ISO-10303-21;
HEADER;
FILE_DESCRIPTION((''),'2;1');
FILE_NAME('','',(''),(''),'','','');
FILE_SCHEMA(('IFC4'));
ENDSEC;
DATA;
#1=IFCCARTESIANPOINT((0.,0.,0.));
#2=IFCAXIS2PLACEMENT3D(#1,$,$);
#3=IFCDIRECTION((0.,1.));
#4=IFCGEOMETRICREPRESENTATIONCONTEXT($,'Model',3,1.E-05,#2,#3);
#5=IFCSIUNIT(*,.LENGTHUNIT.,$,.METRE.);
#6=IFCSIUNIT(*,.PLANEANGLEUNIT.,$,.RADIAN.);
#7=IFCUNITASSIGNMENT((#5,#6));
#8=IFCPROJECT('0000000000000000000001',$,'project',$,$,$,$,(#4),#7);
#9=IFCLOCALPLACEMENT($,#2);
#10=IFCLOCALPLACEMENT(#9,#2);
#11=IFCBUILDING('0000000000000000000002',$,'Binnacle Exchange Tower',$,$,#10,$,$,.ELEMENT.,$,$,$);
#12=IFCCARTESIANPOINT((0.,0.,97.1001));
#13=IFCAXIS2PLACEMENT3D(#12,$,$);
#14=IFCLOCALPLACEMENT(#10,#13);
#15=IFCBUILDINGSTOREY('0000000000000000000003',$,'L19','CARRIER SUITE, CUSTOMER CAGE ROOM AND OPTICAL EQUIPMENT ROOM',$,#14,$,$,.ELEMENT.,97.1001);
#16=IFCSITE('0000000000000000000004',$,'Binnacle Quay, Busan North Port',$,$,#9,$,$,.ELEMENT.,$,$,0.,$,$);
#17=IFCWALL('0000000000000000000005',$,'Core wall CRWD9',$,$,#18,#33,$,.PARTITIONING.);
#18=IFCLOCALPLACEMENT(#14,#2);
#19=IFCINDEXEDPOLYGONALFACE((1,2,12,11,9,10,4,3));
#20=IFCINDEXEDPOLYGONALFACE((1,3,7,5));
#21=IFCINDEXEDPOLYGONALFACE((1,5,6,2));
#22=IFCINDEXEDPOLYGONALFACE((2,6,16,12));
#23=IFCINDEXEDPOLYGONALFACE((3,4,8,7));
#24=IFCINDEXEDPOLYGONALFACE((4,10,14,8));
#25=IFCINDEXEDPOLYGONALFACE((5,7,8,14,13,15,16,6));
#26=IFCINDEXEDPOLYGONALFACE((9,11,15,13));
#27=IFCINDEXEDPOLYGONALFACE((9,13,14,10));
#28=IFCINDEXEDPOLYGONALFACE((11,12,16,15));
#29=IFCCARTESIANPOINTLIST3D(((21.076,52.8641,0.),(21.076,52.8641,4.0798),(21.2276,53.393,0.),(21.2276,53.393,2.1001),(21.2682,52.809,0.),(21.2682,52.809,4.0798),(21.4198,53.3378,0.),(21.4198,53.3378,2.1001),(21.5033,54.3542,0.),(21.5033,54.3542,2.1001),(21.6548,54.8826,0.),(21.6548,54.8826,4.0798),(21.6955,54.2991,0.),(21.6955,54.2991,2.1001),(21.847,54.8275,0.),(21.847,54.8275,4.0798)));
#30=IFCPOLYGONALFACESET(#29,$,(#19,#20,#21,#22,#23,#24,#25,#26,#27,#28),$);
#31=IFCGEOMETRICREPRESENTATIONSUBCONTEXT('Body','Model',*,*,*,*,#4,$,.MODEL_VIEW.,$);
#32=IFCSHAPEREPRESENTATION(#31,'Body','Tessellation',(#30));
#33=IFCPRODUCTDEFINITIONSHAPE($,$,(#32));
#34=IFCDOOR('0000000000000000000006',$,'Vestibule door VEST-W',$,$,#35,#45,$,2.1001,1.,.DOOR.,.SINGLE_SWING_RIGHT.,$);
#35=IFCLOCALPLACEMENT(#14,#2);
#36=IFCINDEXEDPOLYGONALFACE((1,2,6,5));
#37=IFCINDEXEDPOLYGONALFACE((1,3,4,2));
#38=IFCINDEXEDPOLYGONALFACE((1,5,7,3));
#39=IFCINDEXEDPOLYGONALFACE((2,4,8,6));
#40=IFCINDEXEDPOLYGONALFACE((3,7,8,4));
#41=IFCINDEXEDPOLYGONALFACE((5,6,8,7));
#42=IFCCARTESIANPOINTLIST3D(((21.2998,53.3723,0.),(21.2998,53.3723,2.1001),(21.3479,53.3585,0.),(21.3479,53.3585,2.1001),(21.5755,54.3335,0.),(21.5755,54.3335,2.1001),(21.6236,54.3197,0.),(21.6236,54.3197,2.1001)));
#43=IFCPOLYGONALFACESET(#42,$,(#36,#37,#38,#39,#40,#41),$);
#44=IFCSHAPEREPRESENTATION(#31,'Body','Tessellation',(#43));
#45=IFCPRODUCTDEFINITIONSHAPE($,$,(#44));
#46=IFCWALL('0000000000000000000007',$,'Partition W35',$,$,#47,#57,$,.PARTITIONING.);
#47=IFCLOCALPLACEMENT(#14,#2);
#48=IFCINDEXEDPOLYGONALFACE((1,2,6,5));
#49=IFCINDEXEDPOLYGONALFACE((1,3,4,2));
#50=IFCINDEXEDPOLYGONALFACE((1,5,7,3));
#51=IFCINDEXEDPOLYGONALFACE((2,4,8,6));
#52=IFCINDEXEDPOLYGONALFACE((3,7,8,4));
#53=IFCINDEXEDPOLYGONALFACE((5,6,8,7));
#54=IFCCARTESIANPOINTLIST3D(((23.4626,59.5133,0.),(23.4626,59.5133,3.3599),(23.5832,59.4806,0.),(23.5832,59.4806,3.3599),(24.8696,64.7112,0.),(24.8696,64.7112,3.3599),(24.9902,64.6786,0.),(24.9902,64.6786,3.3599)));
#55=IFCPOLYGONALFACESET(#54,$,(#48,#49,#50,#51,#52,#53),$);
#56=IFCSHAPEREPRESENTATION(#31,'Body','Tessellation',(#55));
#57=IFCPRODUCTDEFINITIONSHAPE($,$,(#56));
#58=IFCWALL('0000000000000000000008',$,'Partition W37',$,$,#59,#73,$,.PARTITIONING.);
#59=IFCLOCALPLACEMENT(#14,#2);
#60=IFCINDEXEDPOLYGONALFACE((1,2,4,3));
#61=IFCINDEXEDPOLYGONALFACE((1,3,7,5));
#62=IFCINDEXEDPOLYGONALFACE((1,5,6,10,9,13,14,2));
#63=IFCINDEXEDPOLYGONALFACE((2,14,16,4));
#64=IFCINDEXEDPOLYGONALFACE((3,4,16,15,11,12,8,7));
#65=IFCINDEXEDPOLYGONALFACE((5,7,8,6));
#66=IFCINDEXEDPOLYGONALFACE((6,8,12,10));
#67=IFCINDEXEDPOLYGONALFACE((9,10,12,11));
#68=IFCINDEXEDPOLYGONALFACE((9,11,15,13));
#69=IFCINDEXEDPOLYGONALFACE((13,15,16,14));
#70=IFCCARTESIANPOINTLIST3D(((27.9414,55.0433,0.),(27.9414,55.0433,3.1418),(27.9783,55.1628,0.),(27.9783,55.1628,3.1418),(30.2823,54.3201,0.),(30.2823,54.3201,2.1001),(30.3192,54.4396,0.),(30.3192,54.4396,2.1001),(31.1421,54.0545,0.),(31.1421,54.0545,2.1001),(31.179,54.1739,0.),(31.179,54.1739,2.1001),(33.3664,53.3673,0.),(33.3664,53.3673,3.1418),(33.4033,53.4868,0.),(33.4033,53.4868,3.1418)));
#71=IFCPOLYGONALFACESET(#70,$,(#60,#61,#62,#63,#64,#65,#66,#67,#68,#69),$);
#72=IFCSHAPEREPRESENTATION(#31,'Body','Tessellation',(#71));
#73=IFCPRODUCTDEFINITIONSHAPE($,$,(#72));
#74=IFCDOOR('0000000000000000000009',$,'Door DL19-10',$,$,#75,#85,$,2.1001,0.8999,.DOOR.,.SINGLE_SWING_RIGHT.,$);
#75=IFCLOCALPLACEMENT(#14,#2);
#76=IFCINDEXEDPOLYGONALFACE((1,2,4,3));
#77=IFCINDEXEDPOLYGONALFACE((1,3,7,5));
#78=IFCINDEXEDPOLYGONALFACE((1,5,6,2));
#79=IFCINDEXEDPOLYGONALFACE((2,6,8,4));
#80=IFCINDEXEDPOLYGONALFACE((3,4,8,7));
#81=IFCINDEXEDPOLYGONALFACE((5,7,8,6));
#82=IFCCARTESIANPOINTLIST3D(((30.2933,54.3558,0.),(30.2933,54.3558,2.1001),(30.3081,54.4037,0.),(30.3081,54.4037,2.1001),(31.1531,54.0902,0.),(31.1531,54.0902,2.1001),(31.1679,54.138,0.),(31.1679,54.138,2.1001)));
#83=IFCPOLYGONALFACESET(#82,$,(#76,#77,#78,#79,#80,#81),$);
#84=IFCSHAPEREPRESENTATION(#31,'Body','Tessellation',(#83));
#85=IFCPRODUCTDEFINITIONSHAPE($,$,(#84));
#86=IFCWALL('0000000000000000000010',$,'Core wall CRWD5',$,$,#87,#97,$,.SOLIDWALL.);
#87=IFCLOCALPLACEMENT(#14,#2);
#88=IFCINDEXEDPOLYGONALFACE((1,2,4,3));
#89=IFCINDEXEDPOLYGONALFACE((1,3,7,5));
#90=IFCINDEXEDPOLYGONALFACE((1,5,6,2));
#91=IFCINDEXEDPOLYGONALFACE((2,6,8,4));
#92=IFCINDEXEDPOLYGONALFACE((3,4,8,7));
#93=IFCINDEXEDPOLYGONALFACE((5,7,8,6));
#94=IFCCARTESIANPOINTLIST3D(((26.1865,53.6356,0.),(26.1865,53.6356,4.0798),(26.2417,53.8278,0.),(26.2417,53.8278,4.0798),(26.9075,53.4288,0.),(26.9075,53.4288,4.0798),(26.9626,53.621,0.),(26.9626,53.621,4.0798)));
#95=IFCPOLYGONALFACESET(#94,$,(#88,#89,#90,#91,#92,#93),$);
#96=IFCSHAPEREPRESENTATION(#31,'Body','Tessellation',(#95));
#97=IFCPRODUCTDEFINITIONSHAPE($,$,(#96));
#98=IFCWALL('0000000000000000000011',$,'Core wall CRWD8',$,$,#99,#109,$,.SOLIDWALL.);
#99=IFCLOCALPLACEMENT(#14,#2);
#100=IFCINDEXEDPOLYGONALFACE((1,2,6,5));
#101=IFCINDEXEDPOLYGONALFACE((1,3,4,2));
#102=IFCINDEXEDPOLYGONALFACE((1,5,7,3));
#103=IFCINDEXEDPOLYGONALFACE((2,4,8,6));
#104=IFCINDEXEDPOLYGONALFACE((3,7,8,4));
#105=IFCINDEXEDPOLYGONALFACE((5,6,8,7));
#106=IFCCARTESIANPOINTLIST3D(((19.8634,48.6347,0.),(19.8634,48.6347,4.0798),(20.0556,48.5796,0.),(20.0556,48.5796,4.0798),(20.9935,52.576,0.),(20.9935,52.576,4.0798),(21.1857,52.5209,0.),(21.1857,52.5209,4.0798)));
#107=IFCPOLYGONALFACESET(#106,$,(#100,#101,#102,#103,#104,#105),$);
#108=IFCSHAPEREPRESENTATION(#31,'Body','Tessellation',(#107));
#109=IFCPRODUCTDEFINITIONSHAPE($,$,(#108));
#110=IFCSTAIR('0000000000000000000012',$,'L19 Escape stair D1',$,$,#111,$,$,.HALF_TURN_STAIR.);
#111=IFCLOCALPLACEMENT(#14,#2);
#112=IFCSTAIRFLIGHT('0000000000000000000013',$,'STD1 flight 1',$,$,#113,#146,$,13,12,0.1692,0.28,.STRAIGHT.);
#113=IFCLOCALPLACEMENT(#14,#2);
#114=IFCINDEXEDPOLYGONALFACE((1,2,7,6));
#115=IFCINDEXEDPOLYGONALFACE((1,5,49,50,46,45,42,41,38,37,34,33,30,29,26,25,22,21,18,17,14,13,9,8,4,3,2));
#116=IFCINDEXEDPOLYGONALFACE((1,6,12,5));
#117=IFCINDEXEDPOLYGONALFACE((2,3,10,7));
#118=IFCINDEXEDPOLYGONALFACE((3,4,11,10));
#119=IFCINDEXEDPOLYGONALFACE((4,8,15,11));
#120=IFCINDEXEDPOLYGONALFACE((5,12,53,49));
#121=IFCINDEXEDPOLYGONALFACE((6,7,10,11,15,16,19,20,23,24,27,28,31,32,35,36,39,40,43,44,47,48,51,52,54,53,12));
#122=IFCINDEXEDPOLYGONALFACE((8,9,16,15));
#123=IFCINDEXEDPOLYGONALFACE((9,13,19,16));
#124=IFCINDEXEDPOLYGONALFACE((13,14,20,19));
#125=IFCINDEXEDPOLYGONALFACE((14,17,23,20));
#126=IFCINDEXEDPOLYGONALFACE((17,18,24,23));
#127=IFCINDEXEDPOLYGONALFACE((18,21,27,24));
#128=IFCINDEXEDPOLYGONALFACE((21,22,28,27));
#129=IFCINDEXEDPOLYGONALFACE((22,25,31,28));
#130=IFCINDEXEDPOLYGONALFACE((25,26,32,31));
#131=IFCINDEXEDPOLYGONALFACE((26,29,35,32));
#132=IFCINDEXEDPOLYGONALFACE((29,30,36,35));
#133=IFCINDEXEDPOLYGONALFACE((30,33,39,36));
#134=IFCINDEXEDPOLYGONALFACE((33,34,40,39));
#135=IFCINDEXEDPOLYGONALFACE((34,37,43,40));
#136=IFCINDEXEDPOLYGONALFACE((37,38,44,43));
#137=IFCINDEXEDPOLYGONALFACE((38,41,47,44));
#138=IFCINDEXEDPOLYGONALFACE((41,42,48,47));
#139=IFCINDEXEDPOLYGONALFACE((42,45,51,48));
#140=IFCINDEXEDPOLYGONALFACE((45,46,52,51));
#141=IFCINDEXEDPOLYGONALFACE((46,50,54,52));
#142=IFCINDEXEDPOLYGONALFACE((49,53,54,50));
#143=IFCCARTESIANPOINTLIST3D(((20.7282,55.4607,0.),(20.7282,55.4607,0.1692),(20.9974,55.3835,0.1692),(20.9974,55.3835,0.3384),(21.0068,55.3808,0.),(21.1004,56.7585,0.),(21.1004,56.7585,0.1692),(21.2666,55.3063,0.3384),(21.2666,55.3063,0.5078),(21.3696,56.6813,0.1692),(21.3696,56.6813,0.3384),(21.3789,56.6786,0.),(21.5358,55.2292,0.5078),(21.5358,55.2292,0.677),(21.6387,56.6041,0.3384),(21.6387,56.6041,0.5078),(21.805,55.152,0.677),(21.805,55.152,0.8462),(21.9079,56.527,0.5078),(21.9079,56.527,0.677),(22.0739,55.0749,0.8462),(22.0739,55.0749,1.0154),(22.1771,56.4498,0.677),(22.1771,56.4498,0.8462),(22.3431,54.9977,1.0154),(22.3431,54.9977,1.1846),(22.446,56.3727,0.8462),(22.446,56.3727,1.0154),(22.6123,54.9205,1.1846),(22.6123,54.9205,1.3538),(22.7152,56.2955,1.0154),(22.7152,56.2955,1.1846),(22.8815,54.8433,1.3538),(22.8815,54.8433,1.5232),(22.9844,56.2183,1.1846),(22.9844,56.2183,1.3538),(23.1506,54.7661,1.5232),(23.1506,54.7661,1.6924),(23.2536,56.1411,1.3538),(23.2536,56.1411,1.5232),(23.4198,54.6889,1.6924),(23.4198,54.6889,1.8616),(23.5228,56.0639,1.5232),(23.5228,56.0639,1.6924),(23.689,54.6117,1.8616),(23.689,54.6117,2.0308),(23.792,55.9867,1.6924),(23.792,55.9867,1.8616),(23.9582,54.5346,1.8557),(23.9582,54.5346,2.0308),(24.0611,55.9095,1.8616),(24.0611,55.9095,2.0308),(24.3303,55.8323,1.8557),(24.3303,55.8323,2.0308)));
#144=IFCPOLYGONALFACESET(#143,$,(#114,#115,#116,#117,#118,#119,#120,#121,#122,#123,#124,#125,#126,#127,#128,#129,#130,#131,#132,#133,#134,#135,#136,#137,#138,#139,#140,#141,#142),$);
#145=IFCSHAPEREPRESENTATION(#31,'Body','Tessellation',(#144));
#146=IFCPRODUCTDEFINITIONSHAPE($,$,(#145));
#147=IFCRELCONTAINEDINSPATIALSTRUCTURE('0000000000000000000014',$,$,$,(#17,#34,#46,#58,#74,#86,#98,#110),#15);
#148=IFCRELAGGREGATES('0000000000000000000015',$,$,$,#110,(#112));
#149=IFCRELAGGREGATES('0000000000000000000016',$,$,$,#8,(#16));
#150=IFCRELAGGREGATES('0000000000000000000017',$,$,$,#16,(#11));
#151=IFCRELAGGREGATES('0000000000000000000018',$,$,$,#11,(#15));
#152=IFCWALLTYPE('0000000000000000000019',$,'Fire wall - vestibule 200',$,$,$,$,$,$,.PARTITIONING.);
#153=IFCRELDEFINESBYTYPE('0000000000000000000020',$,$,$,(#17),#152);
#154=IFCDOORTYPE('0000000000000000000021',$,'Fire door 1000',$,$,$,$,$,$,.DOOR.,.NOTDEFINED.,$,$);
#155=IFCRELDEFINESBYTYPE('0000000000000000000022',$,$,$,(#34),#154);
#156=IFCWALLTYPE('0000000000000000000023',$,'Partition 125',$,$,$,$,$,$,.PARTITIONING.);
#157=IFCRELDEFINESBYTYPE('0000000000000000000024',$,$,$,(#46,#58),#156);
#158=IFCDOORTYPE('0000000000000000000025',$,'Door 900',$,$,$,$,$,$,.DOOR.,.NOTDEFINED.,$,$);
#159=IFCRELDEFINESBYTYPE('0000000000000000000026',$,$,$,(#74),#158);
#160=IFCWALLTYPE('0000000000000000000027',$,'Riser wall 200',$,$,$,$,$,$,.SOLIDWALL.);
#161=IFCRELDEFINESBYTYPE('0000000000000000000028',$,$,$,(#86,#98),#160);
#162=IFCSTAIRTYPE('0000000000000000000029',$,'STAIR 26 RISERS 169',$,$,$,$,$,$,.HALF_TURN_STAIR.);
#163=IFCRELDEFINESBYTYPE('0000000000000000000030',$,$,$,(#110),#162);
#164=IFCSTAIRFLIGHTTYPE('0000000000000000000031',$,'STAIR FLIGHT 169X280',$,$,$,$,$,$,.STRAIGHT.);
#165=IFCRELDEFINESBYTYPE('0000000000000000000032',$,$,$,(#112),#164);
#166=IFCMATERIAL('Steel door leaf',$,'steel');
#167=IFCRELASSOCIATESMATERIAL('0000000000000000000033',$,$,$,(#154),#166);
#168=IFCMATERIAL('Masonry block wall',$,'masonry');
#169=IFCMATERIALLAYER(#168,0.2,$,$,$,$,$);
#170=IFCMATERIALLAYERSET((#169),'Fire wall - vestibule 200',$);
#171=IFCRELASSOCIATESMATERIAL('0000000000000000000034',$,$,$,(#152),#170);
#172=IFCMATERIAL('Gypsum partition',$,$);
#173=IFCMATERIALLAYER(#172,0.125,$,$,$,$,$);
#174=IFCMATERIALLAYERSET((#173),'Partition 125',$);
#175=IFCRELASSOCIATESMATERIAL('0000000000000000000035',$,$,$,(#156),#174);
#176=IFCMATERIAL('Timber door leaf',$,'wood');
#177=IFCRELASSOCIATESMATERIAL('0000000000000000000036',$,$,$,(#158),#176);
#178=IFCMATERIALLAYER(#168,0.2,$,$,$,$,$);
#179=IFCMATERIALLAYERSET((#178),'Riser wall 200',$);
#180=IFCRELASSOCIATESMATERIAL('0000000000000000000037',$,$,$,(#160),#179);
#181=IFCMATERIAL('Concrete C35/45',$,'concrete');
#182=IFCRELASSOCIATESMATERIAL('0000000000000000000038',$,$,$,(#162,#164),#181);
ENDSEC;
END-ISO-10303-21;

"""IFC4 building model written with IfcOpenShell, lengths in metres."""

from ifc_helpers import new_model, si_unit, direction, frame, frame_2d, origin, place, context, subcontext, project, spatial, polyline, rectangle, outline, extrude, material, layer, layer_set, type_object, element, fill, aggregate, save


model = new_model("IFC4")

# Units and contexts
model_context = context("Model", 3, precision=1e-05, world=origin(), true_north=direction((0.0, 1.0)))
body_context = subcontext(model_context, "Body", "Model", "MODEL_VIEW")
ifc_project = project(units=[si_unit("LENGTHUNIT", "METRE"), si_unit("PLANEANGLEUNIT", "RADIAN")], contexts=[model_context])

# Site, building, storey
site_placement = place(None, origin())
site = spatial("IfcSite", under=ifc_project, at=site_placement, Name="Binnacle Quay, Busan North Port", CompositionType="ELEMENT", RefElevation=0.0)
building_placement = place(site_placement, origin())
building = spatial("IfcBuilding", under=site, at=building_placement, Name="Binnacle Exchange Tower", CompositionType="ELEMENT")
storey_placement = place(building_placement, frame((0.0, 0.0, 97.1001)))
storey = spatial("IfcBuildingStorey", under=building, at=storey_placement, Name="L19", Description="CARRIER SUITE, CUSTOMER CAGE ROOM AND OPTICAL EQUIPMENT ROOM", CompositionType="ELEMENT", Elevation=97.1001)

# Shared definitions
ifc_material_1 = material(Name="Steel door leaf", Category="steel")

# Shared definitions
door_type_1 = type_object("IfcDoorType", Name="Fire door 1000", OperationType="NOTDEFINED", PredefinedType="DOOR", material=ifc_material_1)

# Wall, opening, door
ifc_material_2 = material(Name="Masonry block wall", Category="masonry")
ifc_layer_1 = layer(ifc_material_2, 0.2)
ifc_layer_set_1 = layer_set([ifc_layer_1], Name="Fire wall - vestibule 200")
wall_type_1 = type_object("IfcWallType", Name="Fire wall - vestibule 200", PredefinedType="PARTITIONING", material=ifc_layer_set_1)
wall_1_placement = place(storey_placement, frame((21.1721, 52.8367, 0.0), z_axis=(0.0, 0.0, 1.0), x_axis=(0.275658, 0.961256, 0.0)))
wall_1 = element("IfcWall", 1, at=wall_1_placement, inside=storey, type_object=wall_type_1, Name="Core wall CRWD9", PredefinedType="PARTITIONING", context=body_context, shape_type="SweptSolid", body=[
    extrude(rectangle(XDim=2.0999, YDim=0.2, at=frame_2d((1.0498, 0.0))), origin(), (0.0, 0.0, 1.0), 4.0798),
])
opening_1_placement = place(wall_1_placement, frame((0.55, 0.0, 0.0)))
opening_1 = element("IfcOpeningElement", 2, at=opening_1_placement, cuts=wall_1, PredefinedType="OPENING", context=body_context, shape_type="SweptSolid", body=[
    extrude(rectangle(XDim=1.0, YDim=2.1001, at=frame_2d((0.5, 1.05))), frame((0.0, 0.1099, 0.0), z_axis=(0.0, -1.0, 0.0), x_axis=(1.0, 0.0, 0.0)), (0.0, 0.0, 1.0), 0.22),
])
door_1_placement = place(opening_1_placement, origin())
door_1 = element("IfcDoor", 3, at=door_1_placement, inside=storey, type_object=door_type_1, Name="Vestibule door VEST-W", OperationType="SINGLE_SWING_RIGHT", OverallHeight=2.1001, OverallWidth=1.0, PredefinedType="DOOR", context=body_context, shape_type="SweptSolid", body=[
    extrude(rectangle(XDim=1.0, YDim=2.1001, at=frame_2d((0.5, 1.05))), frame((0.0, 0.0249, 0.0), z_axis=(0.0, -1.0, 0.0), x_axis=(1.0, 0.0, 0.0)), (0.0, 0.0, 1.0), 0.05),
])
fill(opening_1, door_1)

# Wall
ifc_material_3 = material(Name="Gypsum partition")
ifc_layer_2 = layer(ifc_material_3, 0.125)
ifc_layer_set_2 = layer_set([ifc_layer_2], Name="Partition 125")
wall_type_2 = type_object("IfcWallType", Name="Partition 125", PredefinedType="PARTITIONING", material=ifc_layer_set_2)
wall_2_placement = place(storey_placement, frame((23.5229, 59.4971, 0.0), z_axis=(0.0, 0.0, 1.0), x_axis=(0.261276, 0.965264, 0.0)))
element("IfcWall", 4, at=wall_2_placement, inside=storey, type_object=wall_type_2, Name="Partition W35", PredefinedType="PARTITIONING", context=body_context, shape_type="SweptSolid", body=[
    extrude(rectangle(XDim=5.385, YDim=0.125, at=frame_2d((2.6924, 0.0))), origin(), (0.0, 0.0, 1.0), 3.3599),
])

# Wall, opening, door
wall_3_placement = place(storey_placement, frame((27.96, 55.103, 0.0), z_axis=(0.0, 0.0, 1.0), x_axis=(0.955443, -0.295176, 0.0)))
wall_3 = element("IfcWall", 5, at=wall_3_placement, inside=storey, type_object=wall_type_2, Name="Partition W37", PredefinedType="PARTITIONING", context=body_context, shape_type="SweptSolid", body=[
    extrude(rectangle(XDim=5.678, YDim=0.125, at=frame_2d((2.8389, 0.0))), origin(), (0.0, 0.0, 1.0), 3.1418),
])
opening_2_placement = place(wall_3_placement, frame((2.45, 0.0, 0.0)))
opening_2 = element("IfcOpeningElement", 6, at=opening_2_placement, cuts=wall_3, PredefinedType="OPENING", context=body_context, shape_type="SweptSolid", body=[
    extrude(rectangle(XDim=0.8999, YDim=2.1001, at=frame_2d((0.45, 1.05))), frame((0.0, 0.0725, 0.0), z_axis=(0.0, -1.0, 0.0), x_axis=(1.0, 0.0, 0.0)), (0.0, 0.0, 1.0), 0.145),
])
ifc_material_4 = material(Name="Timber door leaf", Category="wood")
door_type_2 = type_object("IfcDoorType", Name="Door 900", OperationType="NOTDEFINED", PredefinedType="DOOR", material=ifc_material_4)
door_2_placement = place(opening_2_placement, origin())
door_2 = element("IfcDoor", 7, at=door_2_placement, inside=storey, type_object=door_type_2, Name="Door DL19-10", OperationType="SINGLE_SWING_RIGHT", OverallHeight=2.1001, OverallWidth=0.8999, PredefinedType="DOOR", context=body_context, shape_type="SweptSolid", body=[
    extrude(rectangle(XDim=0.8999, YDim=2.1001, at=frame_2d((0.45, 1.05))), frame((0.0, 0.0249, 0.0), z_axis=(0.0, -1.0, 0.0), x_axis=(1.0, 0.0, 0.0)), (0.0, 0.0, 1.0), 0.05),
])
fill(opening_2, door_2)

# Walls
ifc_layer_3 = layer(ifc_material_2, 0.2)
ifc_layer_set_3 = layer_set([ifc_layer_3], Name="Riser wall 200")
wall_type_3 = type_object("IfcWallType", Name="Riser wall 200", PredefinedType="SOLIDWALL", material=ifc_layer_set_3)
wall_4_placement = place(storey_placement, frame((26.2141, 53.7317, 0.0), z_axis=(0.0, 0.0, 1.0), x_axis=(0.961241, -0.27571, 0.0)))
element("IfcWall", 8, at=wall_4_placement, inside=storey, type_object=wall_type_3, Name="Core wall CRWD5", PredefinedType="SOLIDWALL", context=body_context, shape_type="SweptSolid", body=[
    extrude(rectangle(XDim=0.75, YDim=0.2, at=frame_2d((0.375, 0.0))), origin(), (0.0, 0.0, 1.0), 4.0798),
])
wall_5_placement = place(storey_placement, frame((19.9595, 48.6072, 0.0), z_axis=(0.0, 0.0, 1.0), x_axis=(0.275641, 0.961261, 0.0)))
element("IfcWall", 9, at=wall_5_placement, inside=storey, type_object=wall_type_3, Name="Core wall CRWD8", PredefinedType="SOLIDWALL", context=body_context, shape_type="SweptSolid", body=[
    extrude(rectangle(XDim=4.1001, YDim=0.2, at=frame_2d((2.05, 0.0))), origin(), (0.0, 0.0, 1.0), 4.0798),
])

# Stair, stair flight
ifc_material_5 = material(Name="Concrete C35/45", Category="concrete")
stair_type = type_object("IfcStairType", Name="STAIR 26 RISERS 169", PredefinedType="HALF_TURN_STAIR", material=ifc_material_5)
stair_placement = place(storey_placement, origin())
stair = element("IfcStair", 10, at=stair_placement, inside=storey, type_object=stair_type, Name="L19 Escape stair D1", PredefinedType="HALF_TURN_STAIR")
stair_flight_type = type_object("IfcStairFlightType", Name="STAIR FLIGHT 169X280", PredefinedType="STRAIGHT", material=ifc_material_5)
stair_flight_1_placement = place(storey_placement, frame((20.9143, 56.1096, 0.0), z_axis=(0.0, 0.0, 1.0), x_axis=(0.961262, -0.275637, 0.0)))
stair_flight_1 = element("IfcStairFlight", 11, at=stair_flight_1_placement, type_object=stair_flight_type, Name="STD1 flight 1", NumberOfRisers=13, NumberOfTreads=12, PredefinedType="STRAIGHT", RiserHeight=0.1692, TreadLength=0.28, context=body_context, shape_type="SweptSolid", body=[
    extrude(outline(polyline([(0.0, 0.0), (0.0, 0.1692), (0.28, 0.1692), (0.28, 0.3384), (0.5601, 0.3384), (0.5601, 0.5078), (0.8401, 0.5078), (0.8401, 0.677), (1.1201, 0.677), (1.1201, 0.8462), (1.3999, 0.8462), (1.3999, 1.0154), (1.6799, 1.0154), (1.6799, 1.1846), (1.96, 1.1846), (1.96, 1.3538), (2.24, 1.3538), (2.24, 1.5232), (2.52, 1.5232), (2.52, 1.6924), (2.8, 1.6924), (2.8, 1.8616), (3.0801, 1.8616), (3.0801, 2.0308), (3.3601, 2.0308), (3.3601, 2.2), (3.3601, 1.8557), (0.2898, 0.0), (0.0, 0.0)])), frame((0.0, 0.675, 0.0), z_axis=(0.0, -1.0, 0.0), x_axis=(1.0, 0.0, 0.0)), (0.0, 0.0, 1.0), 1.3501),
])
aggregate(stair, [stair_flight_1])

save(model, "model.ifc")
